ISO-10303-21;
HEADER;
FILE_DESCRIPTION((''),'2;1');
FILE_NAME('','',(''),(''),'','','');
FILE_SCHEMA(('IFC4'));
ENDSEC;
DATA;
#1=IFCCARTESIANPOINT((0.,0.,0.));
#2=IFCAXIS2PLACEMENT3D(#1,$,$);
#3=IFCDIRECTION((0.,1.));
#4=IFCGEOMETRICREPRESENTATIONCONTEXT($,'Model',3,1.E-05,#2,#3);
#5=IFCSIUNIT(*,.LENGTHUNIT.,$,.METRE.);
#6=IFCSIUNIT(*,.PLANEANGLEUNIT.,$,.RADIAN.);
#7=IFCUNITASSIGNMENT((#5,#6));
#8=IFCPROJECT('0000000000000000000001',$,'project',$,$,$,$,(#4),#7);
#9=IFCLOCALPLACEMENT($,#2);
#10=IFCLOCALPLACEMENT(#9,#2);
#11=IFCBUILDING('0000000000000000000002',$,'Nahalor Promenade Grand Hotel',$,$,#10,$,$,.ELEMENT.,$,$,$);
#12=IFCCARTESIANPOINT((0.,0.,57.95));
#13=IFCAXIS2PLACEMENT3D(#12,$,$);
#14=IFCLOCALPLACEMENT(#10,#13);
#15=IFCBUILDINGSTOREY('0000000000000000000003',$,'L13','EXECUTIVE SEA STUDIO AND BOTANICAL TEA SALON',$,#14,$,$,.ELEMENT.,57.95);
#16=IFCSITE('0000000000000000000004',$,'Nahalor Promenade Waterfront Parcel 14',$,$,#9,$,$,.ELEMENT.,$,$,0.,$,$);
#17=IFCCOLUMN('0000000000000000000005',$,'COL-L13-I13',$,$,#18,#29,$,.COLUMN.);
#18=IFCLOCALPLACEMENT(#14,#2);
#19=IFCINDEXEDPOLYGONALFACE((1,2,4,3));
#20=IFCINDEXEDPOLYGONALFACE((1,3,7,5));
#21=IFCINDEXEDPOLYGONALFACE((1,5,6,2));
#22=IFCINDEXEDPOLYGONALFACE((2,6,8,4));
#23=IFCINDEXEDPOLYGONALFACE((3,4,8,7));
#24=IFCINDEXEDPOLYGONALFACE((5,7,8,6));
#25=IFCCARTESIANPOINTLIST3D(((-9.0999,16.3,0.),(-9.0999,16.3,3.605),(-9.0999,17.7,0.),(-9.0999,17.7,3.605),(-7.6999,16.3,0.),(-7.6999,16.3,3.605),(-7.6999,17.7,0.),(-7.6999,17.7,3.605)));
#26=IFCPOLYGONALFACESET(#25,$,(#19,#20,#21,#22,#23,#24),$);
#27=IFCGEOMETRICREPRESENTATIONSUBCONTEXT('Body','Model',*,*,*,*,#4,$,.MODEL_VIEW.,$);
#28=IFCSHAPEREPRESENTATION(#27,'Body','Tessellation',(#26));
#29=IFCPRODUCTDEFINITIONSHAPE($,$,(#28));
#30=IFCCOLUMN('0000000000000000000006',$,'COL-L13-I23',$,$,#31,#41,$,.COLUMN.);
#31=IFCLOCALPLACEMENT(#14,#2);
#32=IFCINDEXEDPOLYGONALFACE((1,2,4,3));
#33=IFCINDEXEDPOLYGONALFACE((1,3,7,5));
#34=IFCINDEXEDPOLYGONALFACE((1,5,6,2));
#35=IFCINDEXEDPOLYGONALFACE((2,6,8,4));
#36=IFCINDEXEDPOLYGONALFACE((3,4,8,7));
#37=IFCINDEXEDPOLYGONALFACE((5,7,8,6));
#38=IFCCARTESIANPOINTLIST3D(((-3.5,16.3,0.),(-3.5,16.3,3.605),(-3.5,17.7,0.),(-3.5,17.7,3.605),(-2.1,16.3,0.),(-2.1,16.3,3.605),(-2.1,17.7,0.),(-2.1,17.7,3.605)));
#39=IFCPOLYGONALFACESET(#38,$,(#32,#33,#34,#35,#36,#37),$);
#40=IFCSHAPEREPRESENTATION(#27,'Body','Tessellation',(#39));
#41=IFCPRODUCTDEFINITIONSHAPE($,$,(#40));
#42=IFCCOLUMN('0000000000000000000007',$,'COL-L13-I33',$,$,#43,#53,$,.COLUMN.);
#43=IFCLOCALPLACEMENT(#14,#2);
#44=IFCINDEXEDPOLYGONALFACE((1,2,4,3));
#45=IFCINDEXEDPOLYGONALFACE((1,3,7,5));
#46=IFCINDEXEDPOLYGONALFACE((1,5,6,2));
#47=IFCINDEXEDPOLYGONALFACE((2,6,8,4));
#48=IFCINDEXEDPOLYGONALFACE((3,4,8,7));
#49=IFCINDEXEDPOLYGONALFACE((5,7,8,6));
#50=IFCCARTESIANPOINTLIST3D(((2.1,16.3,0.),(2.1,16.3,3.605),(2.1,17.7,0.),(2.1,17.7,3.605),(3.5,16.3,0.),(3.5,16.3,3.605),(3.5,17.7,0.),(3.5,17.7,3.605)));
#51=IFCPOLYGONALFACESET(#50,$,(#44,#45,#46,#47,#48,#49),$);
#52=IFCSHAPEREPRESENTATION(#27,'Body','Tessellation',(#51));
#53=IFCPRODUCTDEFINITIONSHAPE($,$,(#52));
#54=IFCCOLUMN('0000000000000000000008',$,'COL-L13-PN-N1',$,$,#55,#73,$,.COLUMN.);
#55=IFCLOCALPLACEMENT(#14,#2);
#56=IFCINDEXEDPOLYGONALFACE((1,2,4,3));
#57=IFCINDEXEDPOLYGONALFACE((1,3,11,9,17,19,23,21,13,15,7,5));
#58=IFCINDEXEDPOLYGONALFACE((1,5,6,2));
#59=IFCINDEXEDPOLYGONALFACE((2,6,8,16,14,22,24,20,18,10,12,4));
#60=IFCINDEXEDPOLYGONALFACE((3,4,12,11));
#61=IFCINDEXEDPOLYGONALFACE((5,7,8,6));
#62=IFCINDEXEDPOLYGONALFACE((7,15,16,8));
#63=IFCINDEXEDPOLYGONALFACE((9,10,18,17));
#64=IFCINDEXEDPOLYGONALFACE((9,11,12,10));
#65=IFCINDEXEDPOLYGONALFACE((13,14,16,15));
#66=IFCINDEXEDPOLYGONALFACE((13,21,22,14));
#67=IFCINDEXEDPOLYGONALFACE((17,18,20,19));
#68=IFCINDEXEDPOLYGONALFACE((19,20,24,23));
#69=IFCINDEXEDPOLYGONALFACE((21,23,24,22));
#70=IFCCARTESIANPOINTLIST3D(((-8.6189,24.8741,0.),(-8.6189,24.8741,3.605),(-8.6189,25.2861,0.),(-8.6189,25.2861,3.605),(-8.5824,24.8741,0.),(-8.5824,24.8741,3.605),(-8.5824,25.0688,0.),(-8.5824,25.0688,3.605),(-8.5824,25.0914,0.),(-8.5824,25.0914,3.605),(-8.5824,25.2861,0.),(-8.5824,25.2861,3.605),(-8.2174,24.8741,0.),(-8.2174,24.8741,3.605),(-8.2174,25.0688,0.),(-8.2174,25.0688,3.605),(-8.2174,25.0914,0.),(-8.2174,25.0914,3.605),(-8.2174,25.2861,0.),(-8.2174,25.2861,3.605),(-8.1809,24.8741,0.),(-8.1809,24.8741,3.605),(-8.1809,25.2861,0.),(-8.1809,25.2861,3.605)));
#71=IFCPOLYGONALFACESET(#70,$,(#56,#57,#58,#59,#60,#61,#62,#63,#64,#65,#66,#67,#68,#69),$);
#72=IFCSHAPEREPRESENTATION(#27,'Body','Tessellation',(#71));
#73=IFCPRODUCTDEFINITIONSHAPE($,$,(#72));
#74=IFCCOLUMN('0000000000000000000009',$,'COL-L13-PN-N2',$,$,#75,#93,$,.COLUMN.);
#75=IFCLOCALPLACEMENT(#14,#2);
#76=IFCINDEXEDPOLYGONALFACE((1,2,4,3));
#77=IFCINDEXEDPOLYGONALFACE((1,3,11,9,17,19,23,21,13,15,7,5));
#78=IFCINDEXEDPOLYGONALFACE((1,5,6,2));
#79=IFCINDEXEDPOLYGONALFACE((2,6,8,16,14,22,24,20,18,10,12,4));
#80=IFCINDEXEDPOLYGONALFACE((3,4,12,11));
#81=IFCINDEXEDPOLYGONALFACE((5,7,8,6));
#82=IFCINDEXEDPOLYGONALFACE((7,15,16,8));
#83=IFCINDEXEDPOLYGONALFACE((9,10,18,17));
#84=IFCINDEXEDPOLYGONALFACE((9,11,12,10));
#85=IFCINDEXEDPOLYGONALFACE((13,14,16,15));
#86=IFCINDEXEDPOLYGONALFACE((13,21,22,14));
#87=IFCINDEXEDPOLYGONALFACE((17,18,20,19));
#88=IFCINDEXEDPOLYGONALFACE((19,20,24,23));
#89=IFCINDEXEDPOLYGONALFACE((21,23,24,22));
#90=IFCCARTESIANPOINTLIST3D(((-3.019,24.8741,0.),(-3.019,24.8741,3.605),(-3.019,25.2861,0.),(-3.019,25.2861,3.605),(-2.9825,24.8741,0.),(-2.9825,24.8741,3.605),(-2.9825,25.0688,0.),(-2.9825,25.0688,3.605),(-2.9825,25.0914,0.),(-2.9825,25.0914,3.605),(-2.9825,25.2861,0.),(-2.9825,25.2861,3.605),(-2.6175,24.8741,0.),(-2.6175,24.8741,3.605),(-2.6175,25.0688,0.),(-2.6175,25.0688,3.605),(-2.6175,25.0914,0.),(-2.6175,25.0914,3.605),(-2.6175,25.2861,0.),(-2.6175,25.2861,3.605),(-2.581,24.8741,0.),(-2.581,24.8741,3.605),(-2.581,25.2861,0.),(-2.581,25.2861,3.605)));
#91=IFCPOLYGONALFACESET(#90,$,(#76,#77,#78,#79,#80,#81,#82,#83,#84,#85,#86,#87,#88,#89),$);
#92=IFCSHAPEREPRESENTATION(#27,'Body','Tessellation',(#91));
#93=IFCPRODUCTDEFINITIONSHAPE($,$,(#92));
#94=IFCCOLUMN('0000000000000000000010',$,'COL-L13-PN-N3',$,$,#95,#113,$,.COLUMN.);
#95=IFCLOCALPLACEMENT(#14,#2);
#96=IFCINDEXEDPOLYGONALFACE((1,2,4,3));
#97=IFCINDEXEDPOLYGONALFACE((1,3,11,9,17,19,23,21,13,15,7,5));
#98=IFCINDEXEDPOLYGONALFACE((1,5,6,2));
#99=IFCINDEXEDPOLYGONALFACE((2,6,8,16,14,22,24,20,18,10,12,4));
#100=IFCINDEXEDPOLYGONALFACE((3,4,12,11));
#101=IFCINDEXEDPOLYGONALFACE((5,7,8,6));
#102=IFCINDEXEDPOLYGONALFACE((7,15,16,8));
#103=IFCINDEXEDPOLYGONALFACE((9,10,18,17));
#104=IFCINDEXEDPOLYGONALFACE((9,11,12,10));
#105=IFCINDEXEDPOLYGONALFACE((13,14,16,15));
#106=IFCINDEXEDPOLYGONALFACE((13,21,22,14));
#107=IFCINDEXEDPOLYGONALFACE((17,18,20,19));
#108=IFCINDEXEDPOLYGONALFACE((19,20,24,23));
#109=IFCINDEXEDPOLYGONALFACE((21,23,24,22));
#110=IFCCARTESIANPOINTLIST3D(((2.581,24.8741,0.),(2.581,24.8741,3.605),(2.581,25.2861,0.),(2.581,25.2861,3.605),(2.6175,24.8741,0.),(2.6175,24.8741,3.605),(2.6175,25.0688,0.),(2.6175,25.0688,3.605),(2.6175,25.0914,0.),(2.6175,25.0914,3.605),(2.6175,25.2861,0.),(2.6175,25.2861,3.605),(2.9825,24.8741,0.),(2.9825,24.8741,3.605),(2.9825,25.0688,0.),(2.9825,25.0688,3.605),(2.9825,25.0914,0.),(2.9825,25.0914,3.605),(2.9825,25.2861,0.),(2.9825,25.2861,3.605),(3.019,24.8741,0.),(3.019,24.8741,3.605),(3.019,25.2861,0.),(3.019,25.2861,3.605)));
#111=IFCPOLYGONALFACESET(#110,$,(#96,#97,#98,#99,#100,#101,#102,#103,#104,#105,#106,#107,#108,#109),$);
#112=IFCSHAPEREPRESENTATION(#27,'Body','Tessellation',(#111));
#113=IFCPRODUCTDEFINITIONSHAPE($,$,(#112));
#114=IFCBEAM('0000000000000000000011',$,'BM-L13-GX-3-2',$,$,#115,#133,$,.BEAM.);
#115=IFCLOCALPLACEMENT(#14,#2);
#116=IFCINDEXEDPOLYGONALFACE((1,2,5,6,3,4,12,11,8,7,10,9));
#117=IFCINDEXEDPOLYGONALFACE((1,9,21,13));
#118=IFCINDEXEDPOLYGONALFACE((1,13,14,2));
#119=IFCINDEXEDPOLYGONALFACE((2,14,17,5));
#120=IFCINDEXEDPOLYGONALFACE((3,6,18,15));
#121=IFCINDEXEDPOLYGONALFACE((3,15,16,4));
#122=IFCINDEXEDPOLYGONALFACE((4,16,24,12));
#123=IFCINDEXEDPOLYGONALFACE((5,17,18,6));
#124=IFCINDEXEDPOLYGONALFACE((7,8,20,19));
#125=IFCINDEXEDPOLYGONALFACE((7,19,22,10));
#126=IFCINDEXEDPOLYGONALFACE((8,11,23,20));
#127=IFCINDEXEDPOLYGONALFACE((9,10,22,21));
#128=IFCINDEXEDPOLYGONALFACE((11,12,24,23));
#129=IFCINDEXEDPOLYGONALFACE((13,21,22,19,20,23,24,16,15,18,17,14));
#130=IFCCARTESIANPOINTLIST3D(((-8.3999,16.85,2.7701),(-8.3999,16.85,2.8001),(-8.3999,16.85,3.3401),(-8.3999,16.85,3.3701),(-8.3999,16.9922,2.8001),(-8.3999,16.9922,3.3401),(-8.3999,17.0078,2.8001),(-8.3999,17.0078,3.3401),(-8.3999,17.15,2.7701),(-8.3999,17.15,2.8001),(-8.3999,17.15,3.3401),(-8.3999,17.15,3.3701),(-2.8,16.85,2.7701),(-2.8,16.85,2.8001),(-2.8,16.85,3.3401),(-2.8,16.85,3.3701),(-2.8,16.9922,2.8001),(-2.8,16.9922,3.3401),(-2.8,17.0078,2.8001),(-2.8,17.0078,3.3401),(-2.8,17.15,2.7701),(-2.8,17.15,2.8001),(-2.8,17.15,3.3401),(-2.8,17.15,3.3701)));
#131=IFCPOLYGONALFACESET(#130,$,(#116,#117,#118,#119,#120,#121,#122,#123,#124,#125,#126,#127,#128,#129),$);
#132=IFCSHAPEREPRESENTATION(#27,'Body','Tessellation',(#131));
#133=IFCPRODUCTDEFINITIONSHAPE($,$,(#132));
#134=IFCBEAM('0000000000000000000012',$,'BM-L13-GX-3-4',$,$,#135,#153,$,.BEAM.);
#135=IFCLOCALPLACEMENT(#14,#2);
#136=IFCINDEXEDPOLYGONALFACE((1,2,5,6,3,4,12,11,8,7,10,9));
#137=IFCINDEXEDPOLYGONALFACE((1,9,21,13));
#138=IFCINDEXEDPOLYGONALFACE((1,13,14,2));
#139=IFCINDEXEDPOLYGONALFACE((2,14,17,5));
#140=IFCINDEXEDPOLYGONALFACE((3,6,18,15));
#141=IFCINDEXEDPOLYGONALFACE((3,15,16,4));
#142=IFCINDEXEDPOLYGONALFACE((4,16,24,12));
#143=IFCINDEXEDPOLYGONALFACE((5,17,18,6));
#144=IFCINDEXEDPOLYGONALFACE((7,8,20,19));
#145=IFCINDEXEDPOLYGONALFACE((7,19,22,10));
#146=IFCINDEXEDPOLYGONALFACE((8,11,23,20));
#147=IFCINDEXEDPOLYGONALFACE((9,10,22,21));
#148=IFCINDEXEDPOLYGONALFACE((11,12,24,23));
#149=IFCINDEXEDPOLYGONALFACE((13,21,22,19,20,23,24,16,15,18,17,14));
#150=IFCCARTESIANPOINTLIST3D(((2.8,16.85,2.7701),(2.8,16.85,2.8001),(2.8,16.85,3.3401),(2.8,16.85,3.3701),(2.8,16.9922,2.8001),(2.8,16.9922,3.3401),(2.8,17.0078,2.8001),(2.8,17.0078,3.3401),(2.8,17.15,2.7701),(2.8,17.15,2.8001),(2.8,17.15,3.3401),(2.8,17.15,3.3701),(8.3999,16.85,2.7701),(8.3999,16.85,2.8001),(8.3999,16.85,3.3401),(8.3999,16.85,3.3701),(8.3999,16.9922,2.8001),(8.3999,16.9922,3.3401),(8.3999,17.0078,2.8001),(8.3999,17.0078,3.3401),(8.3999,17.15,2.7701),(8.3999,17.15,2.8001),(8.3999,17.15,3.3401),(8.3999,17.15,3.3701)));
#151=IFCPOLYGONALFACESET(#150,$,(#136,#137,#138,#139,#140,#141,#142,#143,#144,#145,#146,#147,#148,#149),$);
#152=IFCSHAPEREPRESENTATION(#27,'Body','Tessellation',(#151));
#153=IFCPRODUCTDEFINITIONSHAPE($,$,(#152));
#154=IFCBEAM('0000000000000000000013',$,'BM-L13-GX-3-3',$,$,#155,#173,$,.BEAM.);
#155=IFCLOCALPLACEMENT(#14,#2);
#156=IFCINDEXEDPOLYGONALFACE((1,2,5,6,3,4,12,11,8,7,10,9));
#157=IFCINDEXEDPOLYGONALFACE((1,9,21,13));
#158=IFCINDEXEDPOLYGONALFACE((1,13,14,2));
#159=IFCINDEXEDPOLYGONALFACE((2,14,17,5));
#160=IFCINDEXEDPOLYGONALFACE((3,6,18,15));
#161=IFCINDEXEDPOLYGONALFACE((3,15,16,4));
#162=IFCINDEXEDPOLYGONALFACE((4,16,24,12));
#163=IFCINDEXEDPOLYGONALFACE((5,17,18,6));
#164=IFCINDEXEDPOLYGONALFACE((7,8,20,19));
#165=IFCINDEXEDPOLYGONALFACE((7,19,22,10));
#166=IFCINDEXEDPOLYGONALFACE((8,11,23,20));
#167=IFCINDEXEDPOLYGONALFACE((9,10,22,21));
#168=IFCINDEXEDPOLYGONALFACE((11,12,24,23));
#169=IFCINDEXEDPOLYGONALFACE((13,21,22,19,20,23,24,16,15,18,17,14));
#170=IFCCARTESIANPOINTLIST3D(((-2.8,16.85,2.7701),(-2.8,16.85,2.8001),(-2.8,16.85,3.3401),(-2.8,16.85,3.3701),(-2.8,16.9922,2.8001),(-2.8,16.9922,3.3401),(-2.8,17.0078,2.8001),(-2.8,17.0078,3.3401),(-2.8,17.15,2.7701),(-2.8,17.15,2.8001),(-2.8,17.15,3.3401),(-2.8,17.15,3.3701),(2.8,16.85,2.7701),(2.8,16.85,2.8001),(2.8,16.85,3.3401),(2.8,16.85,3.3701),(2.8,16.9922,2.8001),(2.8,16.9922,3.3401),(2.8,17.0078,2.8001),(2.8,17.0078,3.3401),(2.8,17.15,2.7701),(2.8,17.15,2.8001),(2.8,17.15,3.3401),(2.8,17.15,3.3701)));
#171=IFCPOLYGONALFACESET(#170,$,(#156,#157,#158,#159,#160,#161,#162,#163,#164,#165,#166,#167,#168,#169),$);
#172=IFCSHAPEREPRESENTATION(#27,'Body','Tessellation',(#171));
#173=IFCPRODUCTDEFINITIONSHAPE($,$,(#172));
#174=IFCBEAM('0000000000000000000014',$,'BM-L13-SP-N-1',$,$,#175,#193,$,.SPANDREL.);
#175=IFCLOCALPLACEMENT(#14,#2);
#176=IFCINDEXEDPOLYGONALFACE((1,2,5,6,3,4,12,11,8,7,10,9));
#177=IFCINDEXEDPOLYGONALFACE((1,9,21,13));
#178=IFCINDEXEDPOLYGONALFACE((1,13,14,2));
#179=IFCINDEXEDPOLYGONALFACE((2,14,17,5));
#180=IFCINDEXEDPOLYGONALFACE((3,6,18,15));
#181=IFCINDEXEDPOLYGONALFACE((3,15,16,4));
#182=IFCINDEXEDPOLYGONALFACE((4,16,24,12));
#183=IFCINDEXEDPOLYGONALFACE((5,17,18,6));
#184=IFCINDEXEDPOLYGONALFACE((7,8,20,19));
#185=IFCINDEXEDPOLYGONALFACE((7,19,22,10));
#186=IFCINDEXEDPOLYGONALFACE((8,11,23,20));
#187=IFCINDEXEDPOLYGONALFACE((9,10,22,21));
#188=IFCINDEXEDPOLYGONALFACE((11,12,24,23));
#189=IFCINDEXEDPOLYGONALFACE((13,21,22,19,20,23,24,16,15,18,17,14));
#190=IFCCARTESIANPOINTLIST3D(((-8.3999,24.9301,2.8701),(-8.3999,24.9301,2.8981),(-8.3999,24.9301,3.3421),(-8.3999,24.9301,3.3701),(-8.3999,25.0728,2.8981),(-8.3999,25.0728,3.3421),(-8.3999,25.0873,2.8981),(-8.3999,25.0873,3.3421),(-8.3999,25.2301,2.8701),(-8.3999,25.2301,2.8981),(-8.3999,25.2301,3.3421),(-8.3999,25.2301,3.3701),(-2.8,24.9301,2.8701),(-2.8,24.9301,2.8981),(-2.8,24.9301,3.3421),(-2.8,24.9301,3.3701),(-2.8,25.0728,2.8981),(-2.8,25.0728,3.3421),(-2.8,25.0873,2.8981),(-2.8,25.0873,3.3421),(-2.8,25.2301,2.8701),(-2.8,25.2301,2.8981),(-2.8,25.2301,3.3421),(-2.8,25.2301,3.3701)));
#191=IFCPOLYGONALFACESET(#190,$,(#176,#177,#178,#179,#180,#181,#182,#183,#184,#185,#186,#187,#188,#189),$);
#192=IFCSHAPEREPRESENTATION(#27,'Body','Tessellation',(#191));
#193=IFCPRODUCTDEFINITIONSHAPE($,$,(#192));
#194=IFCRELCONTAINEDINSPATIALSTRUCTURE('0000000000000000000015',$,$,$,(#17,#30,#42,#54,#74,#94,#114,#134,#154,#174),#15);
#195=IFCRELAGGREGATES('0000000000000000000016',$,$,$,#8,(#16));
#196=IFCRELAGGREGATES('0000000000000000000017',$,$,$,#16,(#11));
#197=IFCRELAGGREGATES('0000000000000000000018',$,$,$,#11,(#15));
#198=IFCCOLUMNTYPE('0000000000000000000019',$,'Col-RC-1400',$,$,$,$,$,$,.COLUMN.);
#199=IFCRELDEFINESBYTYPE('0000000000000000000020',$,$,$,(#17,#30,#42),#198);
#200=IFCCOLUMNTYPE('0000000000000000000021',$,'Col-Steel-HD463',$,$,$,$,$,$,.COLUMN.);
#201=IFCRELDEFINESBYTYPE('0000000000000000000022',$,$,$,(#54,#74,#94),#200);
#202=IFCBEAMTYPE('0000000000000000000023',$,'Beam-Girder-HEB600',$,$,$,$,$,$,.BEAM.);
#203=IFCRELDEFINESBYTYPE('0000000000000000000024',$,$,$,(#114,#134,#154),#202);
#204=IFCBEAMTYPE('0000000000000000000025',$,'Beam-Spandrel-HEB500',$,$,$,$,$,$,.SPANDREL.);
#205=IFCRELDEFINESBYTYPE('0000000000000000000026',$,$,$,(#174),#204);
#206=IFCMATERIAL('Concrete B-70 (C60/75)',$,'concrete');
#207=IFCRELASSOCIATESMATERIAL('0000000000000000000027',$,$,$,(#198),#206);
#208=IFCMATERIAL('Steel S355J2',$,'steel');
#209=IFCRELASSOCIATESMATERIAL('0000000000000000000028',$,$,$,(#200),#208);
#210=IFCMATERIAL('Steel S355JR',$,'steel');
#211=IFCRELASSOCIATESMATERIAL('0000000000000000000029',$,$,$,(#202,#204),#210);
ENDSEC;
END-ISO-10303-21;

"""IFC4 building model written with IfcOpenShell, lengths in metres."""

from ifc_helpers import new_model, si_unit, direction, frame, origin, origin_2d, place, context, subcontext, project, spatial, rectangle, i_section, extrude, source, transform, mapped, material, material_profile, profile_set, type_object, element, save


model = new_model("IFC4")

# Units and contexts
model_context = context("Model", 3, precision=1e-05, world=origin(), true_north=direction((0.0, 1.0)))
body_context = subcontext(model_context, "Body", "Model", "MODEL_VIEW")
ifc_project = project(units=[si_unit("LENGTHUNIT", "METRE"), si_unit("PLANEANGLEUNIT", "RADIAN")], contexts=[model_context])

# Site, building, storey
site_placement = place(None, origin())
site = spatial("IfcSite", under=ifc_project, at=site_placement, Name="Nahalor Promenade Waterfront Parcel 14", CompositionType="ELEMENT", RefElevation=0.0)
building_placement = place(site_placement, origin())
building = spatial("IfcBuilding", under=site, at=building_placement, Name="Nahalor Promenade Grand Hotel", CompositionType="ELEMENT")
storey_placement = place(building_placement, frame((0.0, 0.0, 57.95)))
storey = spatial("IfcBuildingStorey", under=building, at=storey_placement, Name="L13", Description="EXECUTIVE SEA STUDIO AND BOTANICAL TEA SALON", CompositionType="ELEMENT", Elevation=57.95)

# Columns
ifc_material_1 = material(Name="Concrete B-70 (C60/75)", Category="concrete")
ifc_material_profile_1 = material_profile(ifc_material_1, rectangle(XDim=1.4, YDim=1.4, at=origin_2d()), Name="RC 1400x1400")
ifc_profile_set_1 = profile_set([ifc_material_profile_1], Name="Concrete B-70 (C60/75)")
column_type_1 = type_object("IfcColumnType", Name="Col-RC-1400", PredefinedType="COLUMN", material=ifc_profile_set_1)
shared_shape_1 = source(origin(), body_context, "Body", "SweptSolid", [
    extrude(rectangle(XDim=1.4, YDim=1.4, at=origin_2d()), origin(), (0.0, 0.0, 1.0), 3.605),
])
for number, where, z_axis, x_axis, name in (
    (1, (-8.3999, 17.0, 0.0), (0.0, 0.0, 1.0), (1.0, 0.0, 0.0), "COL-L13-I13"),
    (2, (-2.8, 17.0, 0.0), (0.0, 0.0, 1.0), (1.0, 0.0, 0.0), "COL-L13-I23"),
    (3, (2.8, 17.0, 0.0), (0.0, 0.0, 1.0), (1.0, 0.0, 0.0), "COL-L13-I33"),
):
    element("IfcColumn", number, at=place(storey_placement, frame(where, z_axis=z_axis, x_axis=x_axis)), inside=storey, type_object=column_type_1, Name=name, PredefinedType="COLUMN", context=body_context, shape_type="MappedRepresentation", body=[
        mapped(shared_shape_1, transform((0.0, 0.0, 0.0), scale=1.0)),
    ])
ifc_material_2 = material(Name="Steel S355J2", Category="steel")
ifc_material_profile_2 = material_profile(ifc_material_2, i_section(OverallWidth=0.412, OverallDepth=0.438, WebThickness=0.0226, FlangeThickness=0.0365, at=origin_2d()), Name="HD 400x463")
ifc_profile_set_2 = profile_set([ifc_material_profile_2], Name="Steel S355J2")
column_type_2 = type_object("IfcColumnType", Name="Col-Steel-HD463", PredefinedType="COLUMN", material=ifc_profile_set_2)
shared_shape_2 = source(origin(), body_context, "Body", "SweptSolid", [
    extrude(i_section(OverallWidth=0.412, OverallDepth=0.438, WebThickness=0.0226, FlangeThickness=0.0365, at=origin_2d()), origin(), (0.0, 0.0, 1.0), 3.605),
])
for number, where, z_axis, x_axis, name in (
    (4, (-8.3999, 25.0801, 0.0), (0.0, 0.0, 1.0), (0.0, 1.0, 0.0), "COL-L13-PN-N1"),
    (5, (-2.8, 25.0801, 0.0), (0.0, 0.0, 1.0), (0.0, 1.0, 0.0), "COL-L13-PN-N2"),
    (6, (2.8, 25.0801, 0.0), (0.0, 0.0, 1.0), (0.0, 1.0, 0.0), "COL-L13-PN-N3"),
):
    element("IfcColumn", number, at=place(storey_placement, frame(where, z_axis=z_axis, x_axis=x_axis)), inside=storey, type_object=column_type_2, Name=name, PredefinedType="COLUMN", context=body_context, shape_type="MappedRepresentation", body=[
        mapped(shared_shape_2, transform((0.0, 0.0, 0.0), scale=1.0)),
    ])

# Beams
ifc_material_3 = material(Name="Steel S355JR", Category="steel")
ifc_material_profile_3 = material_profile(ifc_material_3, i_section(OverallWidth=0.3, OverallDepth=0.6, WebThickness=0.0155, FlangeThickness=0.03, at=origin_2d()), Name="HEB 600")
ifc_profile_set_3 = profile_set([ifc_material_profile_3], Name="Steel S355JR")
beam_type_1 = type_object("IfcBeamType", Name="Beam-Girder-HEB600", PredefinedType="BEAM", material=ifc_profile_set_3)
shared_shape_3 = source(origin(), body_context, "Body", "SweptSolid", [
    extrude(i_section(OverallWidth=0.3, OverallDepth=0.6, WebThickness=0.0155, FlangeThickness=0.03, at=origin_2d()), origin(), (0.0, 0.0, 1.0), 5.5999),
])
for number, where, z_axis, x_axis, name in (
    (7, (-8.3999, 17.0, 3.0701), (1.0, 0.0, 0.0), (0.0, 1.0, 0.0), "BM-L13-GX-3-2"),
    (8, (2.8, 17.0, 3.0701), (1.0, 0.0, 0.0), (0.0, 1.0, 0.0), "BM-L13-GX-3-4"),
):
    element("IfcBeam", number, at=place(storey_placement, frame(where, z_axis=z_axis, x_axis=x_axis)), inside=storey, type_object=beam_type_1, Name=name, PredefinedType="BEAM", context=body_context, shape_type="MappedRepresentation", body=[
        mapped(shared_shape_3, transform((0.0, 0.0, 0.0), scale=1.0)),
    ])
shared_shape_4 = source(origin(), body_context, "Body", "SweptSolid", [
    extrude(i_section(OverallWidth=0.3, OverallDepth=0.6, WebThickness=0.0155, FlangeThickness=0.03, at=origin_2d()), origin(), (0.0, 0.0, 1.0), 5.6001),
])
beam_1_placement = place(storey_placement, frame((-2.8, 17.0, 3.0701), z_axis=(1.0, 0.0, 0.0), x_axis=(0.0, 1.0, 0.0)))
element("IfcBeam", 9, at=beam_1_placement, inside=storey, type_object=beam_type_1, Name="BM-L13-GX-3-3", PredefinedType="BEAM", context=body_context, shape_type="MappedRepresentation", body=[
    mapped(shared_shape_4, transform((0.0, 0.0, 0.0), scale=1.0)),
])
ifc_material_profile_4 = material_profile(ifc_material_3, i_section(OverallWidth=0.3, OverallDepth=0.5, WebThickness=0.0145, FlangeThickness=0.028, at=origin_2d()), Name="HEB 500")
ifc_profile_set_4 = profile_set([ifc_material_profile_4], Name="Steel S355JR")
beam_type_2 = type_object("IfcBeamType", Name="Beam-Spandrel-HEB500", PredefinedType="SPANDREL", material=ifc_profile_set_4)
shared_shape_5 = source(origin(), body_context, "Body", "SweptSolid", [
    extrude(i_section(OverallWidth=0.3, OverallDepth=0.5, WebThickness=0.0145, FlangeThickness=0.028, at=origin_2d()), origin(), (0.0, 0.0, 1.0), 5.5999),
])
for number, where, z_axis, x_axis, name in (
    (10, (-8.3999, 25.0801, 3.1201), (1.0, 0.0, 0.0), (0.0, 1.0, 0.0), "BM-L13-SP-N-1"),
):
    element("IfcBeam", number, at=place(storey_placement, frame(where, z_axis=z_axis, x_axis=x_axis)), inside=storey, type_object=beam_type_2, Name=name, PredefinedType="SPANDREL", context=body_context, shape_type="MappedRepresentation", body=[
        mapped(shared_shape_5, transform((0.0, 0.0, 0.0), scale=1.0)),
    ])

save(model, "model.ifc")
